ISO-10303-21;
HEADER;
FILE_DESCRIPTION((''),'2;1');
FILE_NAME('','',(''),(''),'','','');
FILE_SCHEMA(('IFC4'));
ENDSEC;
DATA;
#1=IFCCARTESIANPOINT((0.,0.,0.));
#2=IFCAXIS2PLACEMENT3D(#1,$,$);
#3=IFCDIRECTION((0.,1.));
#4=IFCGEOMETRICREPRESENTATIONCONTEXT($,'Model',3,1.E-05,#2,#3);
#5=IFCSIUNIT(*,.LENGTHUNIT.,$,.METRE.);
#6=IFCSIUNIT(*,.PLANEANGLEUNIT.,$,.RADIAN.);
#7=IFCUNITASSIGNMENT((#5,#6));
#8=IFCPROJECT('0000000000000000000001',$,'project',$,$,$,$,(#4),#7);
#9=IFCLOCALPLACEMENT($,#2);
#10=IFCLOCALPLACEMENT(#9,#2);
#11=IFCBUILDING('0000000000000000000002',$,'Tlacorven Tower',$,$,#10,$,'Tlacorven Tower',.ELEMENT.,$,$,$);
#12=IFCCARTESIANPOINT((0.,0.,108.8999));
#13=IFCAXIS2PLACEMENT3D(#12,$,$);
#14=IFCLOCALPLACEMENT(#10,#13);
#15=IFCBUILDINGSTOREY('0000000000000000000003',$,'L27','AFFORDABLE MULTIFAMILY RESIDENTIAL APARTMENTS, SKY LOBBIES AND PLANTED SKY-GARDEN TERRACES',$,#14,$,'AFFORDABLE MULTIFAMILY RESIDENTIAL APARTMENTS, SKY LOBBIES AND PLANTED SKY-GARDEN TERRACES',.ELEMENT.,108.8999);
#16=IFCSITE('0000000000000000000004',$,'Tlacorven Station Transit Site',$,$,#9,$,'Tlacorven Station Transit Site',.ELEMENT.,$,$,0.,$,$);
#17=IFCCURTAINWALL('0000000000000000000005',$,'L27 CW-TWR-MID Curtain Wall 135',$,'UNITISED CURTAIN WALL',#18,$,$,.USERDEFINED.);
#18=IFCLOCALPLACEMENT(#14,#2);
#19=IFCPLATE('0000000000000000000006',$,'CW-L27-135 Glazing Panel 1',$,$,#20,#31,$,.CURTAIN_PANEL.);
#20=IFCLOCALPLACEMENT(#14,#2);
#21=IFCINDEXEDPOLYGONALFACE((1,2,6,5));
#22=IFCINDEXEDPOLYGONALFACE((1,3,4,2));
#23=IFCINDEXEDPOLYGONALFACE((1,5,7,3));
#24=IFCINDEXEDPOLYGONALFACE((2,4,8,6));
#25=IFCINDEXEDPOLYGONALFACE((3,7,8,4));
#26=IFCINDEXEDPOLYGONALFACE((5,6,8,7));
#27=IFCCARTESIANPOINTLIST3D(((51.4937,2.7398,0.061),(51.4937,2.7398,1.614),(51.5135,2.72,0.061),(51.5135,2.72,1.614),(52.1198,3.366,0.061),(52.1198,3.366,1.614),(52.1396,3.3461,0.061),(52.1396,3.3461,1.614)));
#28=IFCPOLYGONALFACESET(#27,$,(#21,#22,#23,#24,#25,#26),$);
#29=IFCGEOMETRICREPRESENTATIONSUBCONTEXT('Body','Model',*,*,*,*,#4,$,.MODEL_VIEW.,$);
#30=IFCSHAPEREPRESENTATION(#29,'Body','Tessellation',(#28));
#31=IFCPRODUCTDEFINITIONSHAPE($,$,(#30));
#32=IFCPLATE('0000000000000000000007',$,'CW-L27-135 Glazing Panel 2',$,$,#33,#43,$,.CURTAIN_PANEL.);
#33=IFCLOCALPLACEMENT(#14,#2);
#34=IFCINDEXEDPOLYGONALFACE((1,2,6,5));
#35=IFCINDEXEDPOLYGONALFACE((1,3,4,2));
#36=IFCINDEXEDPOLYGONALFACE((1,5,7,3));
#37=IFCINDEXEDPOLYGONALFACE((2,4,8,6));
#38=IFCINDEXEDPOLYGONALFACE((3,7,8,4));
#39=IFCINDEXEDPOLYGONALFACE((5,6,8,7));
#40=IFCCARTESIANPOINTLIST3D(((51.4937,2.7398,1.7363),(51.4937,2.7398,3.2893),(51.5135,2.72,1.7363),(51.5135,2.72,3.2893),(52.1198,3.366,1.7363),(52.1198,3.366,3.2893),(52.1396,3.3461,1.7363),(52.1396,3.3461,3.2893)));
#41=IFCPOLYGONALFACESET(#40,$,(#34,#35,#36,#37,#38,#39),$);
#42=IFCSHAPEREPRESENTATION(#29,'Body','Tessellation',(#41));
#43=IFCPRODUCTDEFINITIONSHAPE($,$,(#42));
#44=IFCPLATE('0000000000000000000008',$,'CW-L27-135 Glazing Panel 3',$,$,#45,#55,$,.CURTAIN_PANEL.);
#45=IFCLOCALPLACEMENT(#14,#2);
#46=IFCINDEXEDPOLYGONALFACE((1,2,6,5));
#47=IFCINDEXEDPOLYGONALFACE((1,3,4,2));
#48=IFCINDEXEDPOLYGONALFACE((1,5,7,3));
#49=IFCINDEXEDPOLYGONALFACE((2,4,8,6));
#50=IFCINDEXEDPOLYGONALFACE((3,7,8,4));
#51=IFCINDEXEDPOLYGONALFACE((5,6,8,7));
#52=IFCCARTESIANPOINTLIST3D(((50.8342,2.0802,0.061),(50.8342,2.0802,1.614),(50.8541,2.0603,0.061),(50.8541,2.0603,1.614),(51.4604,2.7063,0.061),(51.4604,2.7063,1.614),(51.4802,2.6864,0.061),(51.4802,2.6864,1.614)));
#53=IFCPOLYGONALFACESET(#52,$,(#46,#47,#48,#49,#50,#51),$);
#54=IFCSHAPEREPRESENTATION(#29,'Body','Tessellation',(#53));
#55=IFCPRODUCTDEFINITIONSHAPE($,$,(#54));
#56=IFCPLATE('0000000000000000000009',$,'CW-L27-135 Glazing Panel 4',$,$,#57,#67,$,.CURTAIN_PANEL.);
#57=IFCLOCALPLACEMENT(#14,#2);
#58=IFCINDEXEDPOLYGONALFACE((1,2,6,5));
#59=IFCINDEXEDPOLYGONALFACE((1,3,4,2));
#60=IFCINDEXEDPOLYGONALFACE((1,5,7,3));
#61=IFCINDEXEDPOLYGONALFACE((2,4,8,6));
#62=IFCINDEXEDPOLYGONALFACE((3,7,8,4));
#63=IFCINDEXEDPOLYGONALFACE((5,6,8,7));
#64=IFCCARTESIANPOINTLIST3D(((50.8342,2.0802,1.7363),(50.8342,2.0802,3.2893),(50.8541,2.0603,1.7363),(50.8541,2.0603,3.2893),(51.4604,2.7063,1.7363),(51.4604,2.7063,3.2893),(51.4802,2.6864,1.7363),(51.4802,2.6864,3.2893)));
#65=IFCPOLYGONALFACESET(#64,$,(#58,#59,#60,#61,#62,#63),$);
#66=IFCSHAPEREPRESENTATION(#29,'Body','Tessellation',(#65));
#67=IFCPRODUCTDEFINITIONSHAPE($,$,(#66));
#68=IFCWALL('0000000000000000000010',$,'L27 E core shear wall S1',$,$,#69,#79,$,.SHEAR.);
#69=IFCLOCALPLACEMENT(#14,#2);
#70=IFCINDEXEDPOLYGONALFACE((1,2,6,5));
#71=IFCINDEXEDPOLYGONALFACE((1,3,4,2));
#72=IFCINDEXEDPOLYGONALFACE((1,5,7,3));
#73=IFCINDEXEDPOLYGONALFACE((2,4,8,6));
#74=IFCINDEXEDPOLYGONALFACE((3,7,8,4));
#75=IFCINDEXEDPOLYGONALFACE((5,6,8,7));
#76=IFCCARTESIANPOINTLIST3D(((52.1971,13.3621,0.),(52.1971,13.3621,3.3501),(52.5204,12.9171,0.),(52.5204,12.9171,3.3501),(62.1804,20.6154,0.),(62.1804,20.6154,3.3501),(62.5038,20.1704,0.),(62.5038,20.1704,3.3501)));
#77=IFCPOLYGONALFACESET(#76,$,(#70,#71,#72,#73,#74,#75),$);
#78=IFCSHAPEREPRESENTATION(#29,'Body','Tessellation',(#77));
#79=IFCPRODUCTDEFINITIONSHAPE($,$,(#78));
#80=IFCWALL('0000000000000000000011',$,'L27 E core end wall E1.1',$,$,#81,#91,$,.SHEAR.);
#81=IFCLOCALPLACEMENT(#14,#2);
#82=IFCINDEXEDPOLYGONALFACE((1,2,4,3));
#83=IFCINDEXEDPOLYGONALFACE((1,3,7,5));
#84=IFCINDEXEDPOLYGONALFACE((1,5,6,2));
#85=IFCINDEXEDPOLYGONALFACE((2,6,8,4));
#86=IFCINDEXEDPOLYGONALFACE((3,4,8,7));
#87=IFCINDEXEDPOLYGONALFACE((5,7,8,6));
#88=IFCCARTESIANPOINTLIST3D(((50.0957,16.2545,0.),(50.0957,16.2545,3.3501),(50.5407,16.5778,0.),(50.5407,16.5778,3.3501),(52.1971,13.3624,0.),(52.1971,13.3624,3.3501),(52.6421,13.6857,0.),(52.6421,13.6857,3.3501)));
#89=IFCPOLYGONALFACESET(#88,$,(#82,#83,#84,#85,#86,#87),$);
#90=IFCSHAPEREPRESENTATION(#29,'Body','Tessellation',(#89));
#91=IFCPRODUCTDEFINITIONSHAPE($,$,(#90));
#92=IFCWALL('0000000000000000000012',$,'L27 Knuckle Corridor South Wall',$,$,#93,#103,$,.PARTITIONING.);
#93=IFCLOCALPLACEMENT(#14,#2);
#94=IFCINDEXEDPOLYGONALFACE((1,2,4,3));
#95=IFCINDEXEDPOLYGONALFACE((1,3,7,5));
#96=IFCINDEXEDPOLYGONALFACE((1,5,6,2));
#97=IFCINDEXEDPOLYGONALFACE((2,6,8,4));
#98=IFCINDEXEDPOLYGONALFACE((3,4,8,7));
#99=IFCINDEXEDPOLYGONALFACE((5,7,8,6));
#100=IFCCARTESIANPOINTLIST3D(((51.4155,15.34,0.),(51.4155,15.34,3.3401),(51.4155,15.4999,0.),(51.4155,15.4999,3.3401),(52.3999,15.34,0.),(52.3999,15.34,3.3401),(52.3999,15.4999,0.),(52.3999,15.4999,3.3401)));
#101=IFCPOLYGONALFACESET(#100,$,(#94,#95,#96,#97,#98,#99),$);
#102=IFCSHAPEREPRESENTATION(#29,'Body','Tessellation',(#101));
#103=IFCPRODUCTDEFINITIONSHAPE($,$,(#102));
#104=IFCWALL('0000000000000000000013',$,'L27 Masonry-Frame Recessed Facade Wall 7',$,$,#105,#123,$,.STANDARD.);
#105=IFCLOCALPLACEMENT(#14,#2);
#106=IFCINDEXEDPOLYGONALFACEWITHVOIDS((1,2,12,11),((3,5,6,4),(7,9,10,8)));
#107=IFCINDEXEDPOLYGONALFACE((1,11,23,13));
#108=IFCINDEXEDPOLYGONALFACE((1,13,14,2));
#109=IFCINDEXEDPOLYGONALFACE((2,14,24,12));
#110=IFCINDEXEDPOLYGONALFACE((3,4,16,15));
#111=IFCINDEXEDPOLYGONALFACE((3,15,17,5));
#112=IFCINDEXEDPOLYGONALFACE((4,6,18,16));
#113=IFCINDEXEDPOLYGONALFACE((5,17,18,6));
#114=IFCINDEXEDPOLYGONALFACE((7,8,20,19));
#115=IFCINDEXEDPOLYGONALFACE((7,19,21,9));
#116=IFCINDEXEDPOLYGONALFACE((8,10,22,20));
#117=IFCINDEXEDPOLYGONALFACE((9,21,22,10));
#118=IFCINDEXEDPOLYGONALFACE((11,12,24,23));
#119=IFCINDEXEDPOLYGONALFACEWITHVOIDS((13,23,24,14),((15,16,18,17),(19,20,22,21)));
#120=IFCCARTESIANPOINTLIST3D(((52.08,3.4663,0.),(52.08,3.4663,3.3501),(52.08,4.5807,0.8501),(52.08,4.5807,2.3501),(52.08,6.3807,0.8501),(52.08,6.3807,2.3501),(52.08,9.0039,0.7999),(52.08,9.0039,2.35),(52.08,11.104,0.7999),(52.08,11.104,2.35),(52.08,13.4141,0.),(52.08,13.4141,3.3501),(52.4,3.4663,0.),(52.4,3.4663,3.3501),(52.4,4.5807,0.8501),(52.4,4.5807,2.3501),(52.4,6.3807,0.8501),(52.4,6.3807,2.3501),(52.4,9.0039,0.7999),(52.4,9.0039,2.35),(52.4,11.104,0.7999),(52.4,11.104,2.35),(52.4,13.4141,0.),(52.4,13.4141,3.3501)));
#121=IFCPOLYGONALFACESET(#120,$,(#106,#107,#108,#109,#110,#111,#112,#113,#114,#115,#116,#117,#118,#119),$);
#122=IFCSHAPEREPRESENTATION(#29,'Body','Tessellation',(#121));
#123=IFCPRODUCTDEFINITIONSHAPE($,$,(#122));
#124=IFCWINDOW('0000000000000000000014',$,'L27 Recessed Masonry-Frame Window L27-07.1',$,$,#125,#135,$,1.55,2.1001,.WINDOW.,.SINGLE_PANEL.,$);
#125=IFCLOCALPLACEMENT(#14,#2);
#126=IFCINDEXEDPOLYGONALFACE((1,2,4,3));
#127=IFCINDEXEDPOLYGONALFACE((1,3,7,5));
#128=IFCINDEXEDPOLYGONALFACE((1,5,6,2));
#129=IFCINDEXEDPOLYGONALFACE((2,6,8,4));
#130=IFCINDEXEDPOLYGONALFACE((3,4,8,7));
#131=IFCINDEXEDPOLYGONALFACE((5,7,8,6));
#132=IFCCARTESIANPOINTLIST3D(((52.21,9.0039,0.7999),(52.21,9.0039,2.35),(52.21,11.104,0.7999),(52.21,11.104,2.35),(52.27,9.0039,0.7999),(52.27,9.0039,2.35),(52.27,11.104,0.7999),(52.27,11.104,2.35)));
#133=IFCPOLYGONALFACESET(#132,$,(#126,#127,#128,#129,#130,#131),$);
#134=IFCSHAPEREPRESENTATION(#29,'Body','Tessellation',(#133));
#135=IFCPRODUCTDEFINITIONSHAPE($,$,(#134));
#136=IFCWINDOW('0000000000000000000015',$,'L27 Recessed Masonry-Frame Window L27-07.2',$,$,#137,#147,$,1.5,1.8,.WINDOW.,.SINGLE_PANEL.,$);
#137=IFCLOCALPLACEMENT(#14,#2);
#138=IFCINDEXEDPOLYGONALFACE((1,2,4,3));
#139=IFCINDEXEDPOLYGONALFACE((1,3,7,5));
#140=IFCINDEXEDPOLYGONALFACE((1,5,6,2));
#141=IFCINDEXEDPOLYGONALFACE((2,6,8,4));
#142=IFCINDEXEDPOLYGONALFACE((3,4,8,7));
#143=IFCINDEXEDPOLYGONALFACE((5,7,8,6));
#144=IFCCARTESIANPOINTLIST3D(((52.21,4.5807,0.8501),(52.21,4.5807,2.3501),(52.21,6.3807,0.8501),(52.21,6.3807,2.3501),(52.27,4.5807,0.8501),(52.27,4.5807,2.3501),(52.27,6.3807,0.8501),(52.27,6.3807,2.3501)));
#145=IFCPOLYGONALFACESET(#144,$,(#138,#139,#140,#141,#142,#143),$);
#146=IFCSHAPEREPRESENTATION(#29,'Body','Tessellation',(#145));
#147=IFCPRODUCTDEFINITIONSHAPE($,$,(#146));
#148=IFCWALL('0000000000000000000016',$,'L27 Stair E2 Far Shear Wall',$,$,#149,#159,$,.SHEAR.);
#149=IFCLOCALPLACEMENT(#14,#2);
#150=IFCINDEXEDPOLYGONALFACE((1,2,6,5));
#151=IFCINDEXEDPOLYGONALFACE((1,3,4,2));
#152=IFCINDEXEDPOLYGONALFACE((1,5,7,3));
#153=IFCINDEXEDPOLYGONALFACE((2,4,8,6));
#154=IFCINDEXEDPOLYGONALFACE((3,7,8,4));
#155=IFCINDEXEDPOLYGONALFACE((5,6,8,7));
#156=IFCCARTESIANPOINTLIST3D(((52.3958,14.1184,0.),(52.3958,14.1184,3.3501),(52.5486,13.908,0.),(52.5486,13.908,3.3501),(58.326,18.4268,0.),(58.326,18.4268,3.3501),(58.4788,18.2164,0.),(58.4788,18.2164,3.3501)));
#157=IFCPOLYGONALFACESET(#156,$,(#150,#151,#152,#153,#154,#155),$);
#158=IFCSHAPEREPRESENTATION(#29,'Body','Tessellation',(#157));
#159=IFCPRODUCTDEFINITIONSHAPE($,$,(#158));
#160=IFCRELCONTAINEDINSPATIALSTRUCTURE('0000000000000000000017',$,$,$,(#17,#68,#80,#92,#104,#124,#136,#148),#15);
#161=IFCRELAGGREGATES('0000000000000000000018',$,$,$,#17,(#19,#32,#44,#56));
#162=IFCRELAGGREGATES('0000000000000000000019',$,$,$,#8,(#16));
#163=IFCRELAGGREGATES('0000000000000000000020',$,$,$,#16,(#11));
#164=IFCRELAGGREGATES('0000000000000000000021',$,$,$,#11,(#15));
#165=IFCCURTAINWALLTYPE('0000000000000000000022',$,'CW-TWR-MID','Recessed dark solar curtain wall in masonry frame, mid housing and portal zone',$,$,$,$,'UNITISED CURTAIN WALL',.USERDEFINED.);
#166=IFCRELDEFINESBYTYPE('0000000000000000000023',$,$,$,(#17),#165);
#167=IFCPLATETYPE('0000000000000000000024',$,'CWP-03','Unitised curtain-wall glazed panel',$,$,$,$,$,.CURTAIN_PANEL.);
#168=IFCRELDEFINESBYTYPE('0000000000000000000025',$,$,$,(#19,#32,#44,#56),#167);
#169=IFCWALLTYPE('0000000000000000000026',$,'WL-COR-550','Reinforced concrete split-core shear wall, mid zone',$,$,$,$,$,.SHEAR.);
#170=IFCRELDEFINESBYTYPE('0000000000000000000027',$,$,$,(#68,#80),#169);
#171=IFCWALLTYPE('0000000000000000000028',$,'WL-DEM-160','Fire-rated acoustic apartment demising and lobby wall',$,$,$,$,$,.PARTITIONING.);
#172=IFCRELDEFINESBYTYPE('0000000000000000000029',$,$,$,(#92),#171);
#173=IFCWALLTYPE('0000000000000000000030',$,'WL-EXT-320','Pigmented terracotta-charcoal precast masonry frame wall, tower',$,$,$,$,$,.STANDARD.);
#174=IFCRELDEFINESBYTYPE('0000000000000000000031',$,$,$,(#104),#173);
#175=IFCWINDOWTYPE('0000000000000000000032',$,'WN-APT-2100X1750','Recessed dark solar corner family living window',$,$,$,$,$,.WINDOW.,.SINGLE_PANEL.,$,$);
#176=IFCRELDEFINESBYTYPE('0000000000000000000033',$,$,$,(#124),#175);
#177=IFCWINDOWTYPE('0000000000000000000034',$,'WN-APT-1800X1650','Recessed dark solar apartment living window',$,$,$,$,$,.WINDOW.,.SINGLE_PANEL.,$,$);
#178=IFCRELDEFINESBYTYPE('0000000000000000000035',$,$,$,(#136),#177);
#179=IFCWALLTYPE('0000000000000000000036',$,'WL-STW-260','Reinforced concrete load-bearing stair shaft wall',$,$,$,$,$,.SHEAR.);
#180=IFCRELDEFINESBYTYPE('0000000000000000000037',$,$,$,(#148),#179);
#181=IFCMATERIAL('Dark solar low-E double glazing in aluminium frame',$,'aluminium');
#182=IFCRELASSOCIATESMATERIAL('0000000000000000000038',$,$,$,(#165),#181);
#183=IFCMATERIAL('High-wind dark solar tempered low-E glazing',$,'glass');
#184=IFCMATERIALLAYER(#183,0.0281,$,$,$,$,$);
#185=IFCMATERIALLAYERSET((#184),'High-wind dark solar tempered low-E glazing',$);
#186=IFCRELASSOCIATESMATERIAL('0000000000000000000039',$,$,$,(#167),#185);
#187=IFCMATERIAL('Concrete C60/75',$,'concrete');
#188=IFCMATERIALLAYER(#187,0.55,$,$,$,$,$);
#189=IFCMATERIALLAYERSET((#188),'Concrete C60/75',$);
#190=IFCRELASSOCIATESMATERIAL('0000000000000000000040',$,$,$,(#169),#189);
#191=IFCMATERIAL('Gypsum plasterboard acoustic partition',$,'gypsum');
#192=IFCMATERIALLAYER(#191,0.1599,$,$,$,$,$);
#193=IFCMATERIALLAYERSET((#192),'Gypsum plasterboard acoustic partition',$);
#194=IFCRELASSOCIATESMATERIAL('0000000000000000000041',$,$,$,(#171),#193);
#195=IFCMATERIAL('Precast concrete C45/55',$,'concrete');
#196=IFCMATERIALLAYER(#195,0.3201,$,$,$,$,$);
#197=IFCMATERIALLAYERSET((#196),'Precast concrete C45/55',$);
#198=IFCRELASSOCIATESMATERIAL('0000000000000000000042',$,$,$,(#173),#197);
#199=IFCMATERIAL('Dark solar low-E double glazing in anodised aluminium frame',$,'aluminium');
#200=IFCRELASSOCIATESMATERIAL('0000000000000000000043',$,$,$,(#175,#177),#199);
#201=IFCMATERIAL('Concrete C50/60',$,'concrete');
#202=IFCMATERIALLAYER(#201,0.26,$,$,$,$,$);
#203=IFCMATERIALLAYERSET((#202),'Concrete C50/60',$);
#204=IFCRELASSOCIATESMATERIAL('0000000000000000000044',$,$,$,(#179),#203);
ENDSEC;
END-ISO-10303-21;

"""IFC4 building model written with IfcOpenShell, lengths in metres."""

from ifc_helpers import new_model, si_unit, direction, frame, frame_2d, origin, origin_2d, place, context, subcontext, project, spatial, rectangle, extrude, source, transform, mapped, material, layer, layer_set, type_object, element, fill, aggregate, save


model = new_model("IFC4")

# Units and contexts
model_context = context("Model", 3, precision=1e-05, world=origin(), true_north=direction((0.0, 1.0)))
body_context = subcontext(model_context, "Body", "Model", "MODEL_VIEW")
ifc_project = project(units=[si_unit("LENGTHUNIT", "METRE"), si_unit("PLANEANGLEUNIT", "RADIAN")], contexts=[model_context])

# Site, building, storey
site_placement = place(None, origin())
site = spatial("IfcSite", under=ifc_project, at=site_placement, Name="Tlacorven Station Transit Site", LongName="Tlacorven Station Transit Site", CompositionType="ELEMENT", RefElevation=0.0)
building_placement = place(site_placement, origin())
building = spatial("IfcBuilding", under=site, at=building_placement, Name="Tlacorven Tower", LongName="Tlacorven Tower", CompositionType="ELEMENT")
storey_placement = place(building_placement, frame((0.0, 0.0, 108.8999)))
storey = spatial("IfcBuildingStorey", under=building, at=storey_placement, Name="L27", Description="AFFORDABLE MULTIFAMILY RESIDENTIAL APARTMENTS, SKY LOBBIES AND PLANTED SKY-GARDEN TERRACES", LongName="AFFORDABLE MULTIFAMILY RESIDENTIAL APARTMENTS, SKY LOBBIES AND PLANTED SKY-GARDEN TERRACES", CompositionType="ELEMENT", Elevation=108.8999)

# Curtain wall, plates
ifc_material_1 = material(Name="Dark solar low-E double glazing in aluminium frame", Category="aluminium")
curtain_wall_type = type_object("IfcCurtainWallType", Name="CW-TWR-MID", Description="Recessed dark solar curtain wall in masonry frame, mid housing and portal zone", ElementType="UNITISED CURTAIN WALL", PredefinedType="USERDEFINED", material=ifc_material_1)
curtain_wall_placement = place(storey_placement, origin())
curtain_wall = element("IfcCurtainWall", 1, at=curtain_wall_placement, inside=storey, type_object=curtain_wall_type, Name="L27 CW-TWR-MID Curtain Wall 135", ObjectType="UNITISED CURTAIN WALL", PredefinedType="USERDEFINED")
ifc_material_2 = material(Name="High-wind dark solar tempered low-E glazing", Category="glass")
ifc_layer_1 = layer(ifc_material_2, 0.0281)
ifc_layer_set_1 = layer_set([ifc_layer_1], Name="High-wind dark solar tempered low-E glazing")
plate_type = type_object("IfcPlateType", Name="CWP-03", Description="Unitised curtain-wall glazed panel", PredefinedType="CURTAIN_PANEL", material=ifc_layer_set_1)
shared_shape_1 = source(origin(), body_context, "Body", "SweptSolid", [
    extrude(rectangle(XDim=0.8855, YDim=0.0281, at=origin_2d()), origin(), (0.0, 0.0, 1.0), 1.553),
])
plate_1_placement = place(storey_placement, frame((51.8167, 3.043, 0.061), z_axis=(0.0, 0.0, 1.0), x_axis=(-0.707107, -0.707107, 0.0)))
plate_1 = element("IfcPlate", 2, at=plate_1_placement, type_object=plate_type, Name="CW-L27-135 Glazing Panel 1", PredefinedType="CURTAIN_PANEL", context=body_context, shape_type="MappedRepresentation", body=[
    mapped(shared_shape_1, transform((0.0, 0.0, 0.0), scale=1.0)),
])
plate_2_placement = place(storey_placement, frame((51.8167, 3.043, 1.7363), z_axis=(0.0, 0.0, 1.0), x_axis=(-0.707107, -0.707107, 0.0)))
plate_2 = element("IfcPlate", 3, at=plate_2_placement, type_object=plate_type, Name="CW-L27-135 Glazing Panel 2", PredefinedType="CURTAIN_PANEL", context=body_context, shape_type="MappedRepresentation", body=[
    mapped(shared_shape_1, transform((0.0, 0.0, 0.0), scale=1.0)),
])
plate_3_placement = place(storey_placement, frame((51.1572, 2.3833, 0.061), z_axis=(0.0, 0.0, 1.0), x_axis=(-0.707107, -0.707107, 0.0)))
plate_3 = element("IfcPlate", 4, at=plate_3_placement, type_object=plate_type, Name="CW-L27-135 Glazing Panel 3", PredefinedType="CURTAIN_PANEL", context=body_context, shape_type="MappedRepresentation", body=[
    mapped(shared_shape_1, transform((0.0, 0.0, 0.0), scale=1.0)),
])
plate_4_placement = place(storey_placement, frame((51.1572, 2.3833, 1.7363), z_axis=(0.0, 0.0, 1.0), x_axis=(-0.707107, -0.707107, 0.0)))
plate_4 = element("IfcPlate", 5, at=plate_4_placement, type_object=plate_type, Name="CW-L27-135 Glazing Panel 4", PredefinedType="CURTAIN_PANEL", context=body_context, shape_type="MappedRepresentation", body=[
    mapped(shared_shape_1, transform((0.0, 0.0, 0.0), scale=1.0)),
])
aggregate(curtain_wall, [plate_1, plate_2, plate_3, plate_4])

# Walls
ifc_material_3 = material(Name="Concrete C60/75", Category="concrete")
ifc_layer_2 = layer(ifc_material_3, 0.55)
ifc_layer_set_2 = layer_set([ifc_layer_2], Name="Concrete C60/75")
wall_type_1 = type_object("IfcWallType", Name="WL-COR-550", Description="Reinforced concrete split-core shear wall, mid zone", PredefinedType="SHEAR", material=ifc_layer_set_2)
wall_1_placement = place(storey_placement, frame((52.3589, 13.1396, 0.0), z_axis=(0.0, 0.0, 1.0), x_axis=(0.809015, 0.587788, 0.0)))
element("IfcWall", 6, at=wall_1_placement, inside=storey, type_object=wall_type_1, Name="L27 E core shear wall S1", PredefinedType="SHEAR", context=body_context, shape_type="SweptSolid", body=[
    extrude(rectangle(XDim=12.3401, YDim=0.55, at=frame_2d((6.1699, 0.0))), origin(), (0.0, 0.0, 1.0), 3.3501),
])
wall_2_placement = place(storey_placement, frame((52.4197, 13.5239, 0.0), z_axis=(0.0, 0.0, 1.0), x_axis=(-0.587802, 0.809005, 0.0)))
element("IfcWall", 7, at=wall_2_placement, inside=storey, type_object=wall_type_1, Name="L27 E core end wall E1.1", PredefinedType="SHEAR", context=body_context, shape_type="SweptSolid", body=[
    extrude(rectangle(XDim=3.575, YDim=0.55, at=frame_2d((1.7876, 0.0))), origin(), (0.0, 0.0, 1.0), 3.3501),
])
ifc_material_4 = material(Name="Gypsum plasterboard acoustic partition", Category="gypsum")
ifc_layer_3 = layer(ifc_material_4, 0.1599)
ifc_layer_set_3 = layer_set([ifc_layer_3], Name="Gypsum plasterboard acoustic partition")
wall_type_2 = type_object("IfcWallType", Name="WL-DEM-160", Description="Fire-rated acoustic apartment demising and lobby wall", PredefinedType="PARTITIONING", material=ifc_layer_set_3)
wall_3_placement = place(storey_placement, frame((51.4155, 15.4199, 0.0), z_axis=(0.0, 0.0, 1.0), x_axis=(1.0, 0.0, 0.0)))
element("IfcWall", 8, at=wall_3_placement, inside=storey, type_object=wall_type_2, Name="L27 Knuckle Corridor South Wall", PredefinedType="PARTITIONING", context=body_context, shape_type="SweptSolid", body=[
    extrude(rectangle(XDim=0.9844, YDim=0.1599, at=frame_2d((0.4922, 0.0))), origin(), (0.0, 0.0, 1.0), 3.3401),
])

# Wall, openings, windows
ifc_material_5 = material(Name="Precast concrete C45/55", Category="concrete")
ifc_layer_4 = layer(ifc_material_5, 0.3201)
ifc_layer_set_4 = layer_set([ifc_layer_4], Name="Precast concrete C45/55")
wall_type_3 = type_object("IfcWallType", Name="WL-EXT-320", Description="Pigmented terracotta-charcoal precast masonry frame wall, tower", PredefinedType="STANDARD", material=ifc_layer_set_4)
wall_4_placement = place(storey_placement, frame((52.24, 13.4141, 0.0), z_axis=(0.0, 0.0, 1.0), x_axis=(0.0, -1.0, 0.0)))
wall_4 = element("IfcWall", 9, at=wall_4_placement, inside=storey, type_object=wall_type_3, Name="L27 Masonry-Frame Recessed Facade Wall 7", PredefinedType="STANDARD", context=body_context, shape_type="SweptSolid", body=[
    extrude(rectangle(XDim=9.9478, YDim=0.3201, at=frame_2d((4.9739, 0.0))), origin(), (0.0, 0.0, 1.0), 3.3501),
])
opening_1_placement = place(wall_4_placement, frame((2.3101, 0.0, 0.8)))
opening_1 = element("IfcOpeningElement", 10, at=opening_1_placement, cuts=wall_4, PredefinedType="OPENING", context=body_context, shape_type="SweptSolid", body=[
    extrude(rectangle(XDim=2.1001, YDim=1.55, at=frame_2d((1.05, 0.7749))), frame((0.0, 0.1699, 0.0), z_axis=(0.0, -1.0, 0.0), x_axis=(1.0, 0.0, 0.0)), (0.0, 0.0, 1.0), 0.3401),
])
opening_2_placement = place(wall_4_placement, frame((7.0334, 0.0, 0.8501)))
opening_2 = element("IfcOpeningElement", 11, at=opening_2_placement, cuts=wall_4, PredefinedType="OPENING", context=body_context, shape_type="SweptSolid", body=[
    extrude(rectangle(XDim=1.8, YDim=1.5, at=frame_2d((0.8999, 0.75))), frame((0.0, 0.1699, 0.0), z_axis=(0.0, -1.0, 0.0), x_axis=(1.0, 0.0, 0.0)), (0.0, 0.0, 1.0), 0.3401),
])
ifc_material_6 = material(Name="Dark solar low-E double glazing in anodised aluminium frame", Category="aluminium")
window_type_1 = type_object("IfcWindowType", Name="WN-APT-2100X1750", Description="Recessed dark solar corner family living window", PartitioningType="SINGLE_PANEL", PredefinedType="WINDOW", material=ifc_material_6)
shared_shape_2 = source(origin(), body_context, "Body", "SweptSolid", [
    extrude(rectangle(XDim=2.1001, YDim=1.55, at=frame_2d((1.05, 0.7749))), frame((0.0, 0.03, 0.0), z_axis=(0.0, -1.0, 0.0), x_axis=(1.0, 0.0, 0.0)), (0.0, 0.0, 1.0), 0.0601),
])
window_1_placement = place(opening_1_placement, origin())
window_1 = element("IfcWindow", 12, at=window_1_placement, inside=storey, type_object=window_type_1, Name="L27 Recessed Masonry-Frame Window L27-07.1", OverallHeight=1.55, OverallWidth=2.1001, PartitioningType="SINGLE_PANEL", PredefinedType="WINDOW", context=body_context, shape_type="MappedRepresentation", body=[
    mapped(shared_shape_2, transform((0.0, 0.0, 0.0), scale=1.0)),
])
fill(opening_1, window_1)
window_type_2 = type_object("IfcWindowType", Name="WN-APT-1800X1650", Description="Recessed dark solar apartment living window", PartitioningType="SINGLE_PANEL", PredefinedType="WINDOW", material=ifc_material_6)
shared_shape_3 = source(origin(), body_context, "Body", "SweptSolid", [
    extrude(rectangle(XDim=1.8, YDim=1.5, at=frame_2d((0.8999, 0.75))), frame((0.0, 0.03, 0.0), z_axis=(0.0, -1.0, 0.0), x_axis=(1.0, 0.0, 0.0)), (0.0, 0.0, 1.0), 0.0601),
])
window_2_placement = place(opening_2_placement, origin())
window_2 = element("IfcWindow", 13, at=window_2_placement, inside=storey, type_object=window_type_2, Name="L27 Recessed Masonry-Frame Window L27-07.2", OverallHeight=1.5, OverallWidth=1.8, PartitioningType="SINGLE_PANEL", PredefinedType="WINDOW", context=body_context, shape_type="MappedRepresentation", body=[
    mapped(shared_shape_3, transform((0.0, 0.0, 0.0), scale=1.0)),
])
fill(opening_2, window_2)

# Wall
ifc_material_7 = material(Name="Concrete C50/60", Category="concrete")
ifc_layer_5 = layer(ifc_material_7, 0.26)
ifc_layer_set_5 = layer_set([ifc_layer_5], Name="Concrete C50/60")
wall_type_4 = type_object("IfcWallType", Name="WL-STW-260", Description="Reinforced concrete load-bearing stair shaft wall", PredefinedType="SHEAR", material=ifc_layer_set_5)
wall_5_placement = place(storey_placement, frame((52.4722, 14.0132, 0.0), z_axis=(0.0, 0.0, 1.0), x_axis=(0.809028, 0.58777, 0.0)))
element("IfcWall", 14, at=wall_5_placement, inside=storey, type_object=wall_type_4, Name="L27 Stair E2 Far Shear Wall", PredefinedType="SHEAR", context=body_context, shape_type="SweptSolid", body=[
    extrude(rectangle(XDim=7.3301, YDim=0.26, at=frame_2d((3.665, 0.0))), origin(), (0.0, 0.0, 1.0), 3.3501),
])

save(model, "model.ifc")
